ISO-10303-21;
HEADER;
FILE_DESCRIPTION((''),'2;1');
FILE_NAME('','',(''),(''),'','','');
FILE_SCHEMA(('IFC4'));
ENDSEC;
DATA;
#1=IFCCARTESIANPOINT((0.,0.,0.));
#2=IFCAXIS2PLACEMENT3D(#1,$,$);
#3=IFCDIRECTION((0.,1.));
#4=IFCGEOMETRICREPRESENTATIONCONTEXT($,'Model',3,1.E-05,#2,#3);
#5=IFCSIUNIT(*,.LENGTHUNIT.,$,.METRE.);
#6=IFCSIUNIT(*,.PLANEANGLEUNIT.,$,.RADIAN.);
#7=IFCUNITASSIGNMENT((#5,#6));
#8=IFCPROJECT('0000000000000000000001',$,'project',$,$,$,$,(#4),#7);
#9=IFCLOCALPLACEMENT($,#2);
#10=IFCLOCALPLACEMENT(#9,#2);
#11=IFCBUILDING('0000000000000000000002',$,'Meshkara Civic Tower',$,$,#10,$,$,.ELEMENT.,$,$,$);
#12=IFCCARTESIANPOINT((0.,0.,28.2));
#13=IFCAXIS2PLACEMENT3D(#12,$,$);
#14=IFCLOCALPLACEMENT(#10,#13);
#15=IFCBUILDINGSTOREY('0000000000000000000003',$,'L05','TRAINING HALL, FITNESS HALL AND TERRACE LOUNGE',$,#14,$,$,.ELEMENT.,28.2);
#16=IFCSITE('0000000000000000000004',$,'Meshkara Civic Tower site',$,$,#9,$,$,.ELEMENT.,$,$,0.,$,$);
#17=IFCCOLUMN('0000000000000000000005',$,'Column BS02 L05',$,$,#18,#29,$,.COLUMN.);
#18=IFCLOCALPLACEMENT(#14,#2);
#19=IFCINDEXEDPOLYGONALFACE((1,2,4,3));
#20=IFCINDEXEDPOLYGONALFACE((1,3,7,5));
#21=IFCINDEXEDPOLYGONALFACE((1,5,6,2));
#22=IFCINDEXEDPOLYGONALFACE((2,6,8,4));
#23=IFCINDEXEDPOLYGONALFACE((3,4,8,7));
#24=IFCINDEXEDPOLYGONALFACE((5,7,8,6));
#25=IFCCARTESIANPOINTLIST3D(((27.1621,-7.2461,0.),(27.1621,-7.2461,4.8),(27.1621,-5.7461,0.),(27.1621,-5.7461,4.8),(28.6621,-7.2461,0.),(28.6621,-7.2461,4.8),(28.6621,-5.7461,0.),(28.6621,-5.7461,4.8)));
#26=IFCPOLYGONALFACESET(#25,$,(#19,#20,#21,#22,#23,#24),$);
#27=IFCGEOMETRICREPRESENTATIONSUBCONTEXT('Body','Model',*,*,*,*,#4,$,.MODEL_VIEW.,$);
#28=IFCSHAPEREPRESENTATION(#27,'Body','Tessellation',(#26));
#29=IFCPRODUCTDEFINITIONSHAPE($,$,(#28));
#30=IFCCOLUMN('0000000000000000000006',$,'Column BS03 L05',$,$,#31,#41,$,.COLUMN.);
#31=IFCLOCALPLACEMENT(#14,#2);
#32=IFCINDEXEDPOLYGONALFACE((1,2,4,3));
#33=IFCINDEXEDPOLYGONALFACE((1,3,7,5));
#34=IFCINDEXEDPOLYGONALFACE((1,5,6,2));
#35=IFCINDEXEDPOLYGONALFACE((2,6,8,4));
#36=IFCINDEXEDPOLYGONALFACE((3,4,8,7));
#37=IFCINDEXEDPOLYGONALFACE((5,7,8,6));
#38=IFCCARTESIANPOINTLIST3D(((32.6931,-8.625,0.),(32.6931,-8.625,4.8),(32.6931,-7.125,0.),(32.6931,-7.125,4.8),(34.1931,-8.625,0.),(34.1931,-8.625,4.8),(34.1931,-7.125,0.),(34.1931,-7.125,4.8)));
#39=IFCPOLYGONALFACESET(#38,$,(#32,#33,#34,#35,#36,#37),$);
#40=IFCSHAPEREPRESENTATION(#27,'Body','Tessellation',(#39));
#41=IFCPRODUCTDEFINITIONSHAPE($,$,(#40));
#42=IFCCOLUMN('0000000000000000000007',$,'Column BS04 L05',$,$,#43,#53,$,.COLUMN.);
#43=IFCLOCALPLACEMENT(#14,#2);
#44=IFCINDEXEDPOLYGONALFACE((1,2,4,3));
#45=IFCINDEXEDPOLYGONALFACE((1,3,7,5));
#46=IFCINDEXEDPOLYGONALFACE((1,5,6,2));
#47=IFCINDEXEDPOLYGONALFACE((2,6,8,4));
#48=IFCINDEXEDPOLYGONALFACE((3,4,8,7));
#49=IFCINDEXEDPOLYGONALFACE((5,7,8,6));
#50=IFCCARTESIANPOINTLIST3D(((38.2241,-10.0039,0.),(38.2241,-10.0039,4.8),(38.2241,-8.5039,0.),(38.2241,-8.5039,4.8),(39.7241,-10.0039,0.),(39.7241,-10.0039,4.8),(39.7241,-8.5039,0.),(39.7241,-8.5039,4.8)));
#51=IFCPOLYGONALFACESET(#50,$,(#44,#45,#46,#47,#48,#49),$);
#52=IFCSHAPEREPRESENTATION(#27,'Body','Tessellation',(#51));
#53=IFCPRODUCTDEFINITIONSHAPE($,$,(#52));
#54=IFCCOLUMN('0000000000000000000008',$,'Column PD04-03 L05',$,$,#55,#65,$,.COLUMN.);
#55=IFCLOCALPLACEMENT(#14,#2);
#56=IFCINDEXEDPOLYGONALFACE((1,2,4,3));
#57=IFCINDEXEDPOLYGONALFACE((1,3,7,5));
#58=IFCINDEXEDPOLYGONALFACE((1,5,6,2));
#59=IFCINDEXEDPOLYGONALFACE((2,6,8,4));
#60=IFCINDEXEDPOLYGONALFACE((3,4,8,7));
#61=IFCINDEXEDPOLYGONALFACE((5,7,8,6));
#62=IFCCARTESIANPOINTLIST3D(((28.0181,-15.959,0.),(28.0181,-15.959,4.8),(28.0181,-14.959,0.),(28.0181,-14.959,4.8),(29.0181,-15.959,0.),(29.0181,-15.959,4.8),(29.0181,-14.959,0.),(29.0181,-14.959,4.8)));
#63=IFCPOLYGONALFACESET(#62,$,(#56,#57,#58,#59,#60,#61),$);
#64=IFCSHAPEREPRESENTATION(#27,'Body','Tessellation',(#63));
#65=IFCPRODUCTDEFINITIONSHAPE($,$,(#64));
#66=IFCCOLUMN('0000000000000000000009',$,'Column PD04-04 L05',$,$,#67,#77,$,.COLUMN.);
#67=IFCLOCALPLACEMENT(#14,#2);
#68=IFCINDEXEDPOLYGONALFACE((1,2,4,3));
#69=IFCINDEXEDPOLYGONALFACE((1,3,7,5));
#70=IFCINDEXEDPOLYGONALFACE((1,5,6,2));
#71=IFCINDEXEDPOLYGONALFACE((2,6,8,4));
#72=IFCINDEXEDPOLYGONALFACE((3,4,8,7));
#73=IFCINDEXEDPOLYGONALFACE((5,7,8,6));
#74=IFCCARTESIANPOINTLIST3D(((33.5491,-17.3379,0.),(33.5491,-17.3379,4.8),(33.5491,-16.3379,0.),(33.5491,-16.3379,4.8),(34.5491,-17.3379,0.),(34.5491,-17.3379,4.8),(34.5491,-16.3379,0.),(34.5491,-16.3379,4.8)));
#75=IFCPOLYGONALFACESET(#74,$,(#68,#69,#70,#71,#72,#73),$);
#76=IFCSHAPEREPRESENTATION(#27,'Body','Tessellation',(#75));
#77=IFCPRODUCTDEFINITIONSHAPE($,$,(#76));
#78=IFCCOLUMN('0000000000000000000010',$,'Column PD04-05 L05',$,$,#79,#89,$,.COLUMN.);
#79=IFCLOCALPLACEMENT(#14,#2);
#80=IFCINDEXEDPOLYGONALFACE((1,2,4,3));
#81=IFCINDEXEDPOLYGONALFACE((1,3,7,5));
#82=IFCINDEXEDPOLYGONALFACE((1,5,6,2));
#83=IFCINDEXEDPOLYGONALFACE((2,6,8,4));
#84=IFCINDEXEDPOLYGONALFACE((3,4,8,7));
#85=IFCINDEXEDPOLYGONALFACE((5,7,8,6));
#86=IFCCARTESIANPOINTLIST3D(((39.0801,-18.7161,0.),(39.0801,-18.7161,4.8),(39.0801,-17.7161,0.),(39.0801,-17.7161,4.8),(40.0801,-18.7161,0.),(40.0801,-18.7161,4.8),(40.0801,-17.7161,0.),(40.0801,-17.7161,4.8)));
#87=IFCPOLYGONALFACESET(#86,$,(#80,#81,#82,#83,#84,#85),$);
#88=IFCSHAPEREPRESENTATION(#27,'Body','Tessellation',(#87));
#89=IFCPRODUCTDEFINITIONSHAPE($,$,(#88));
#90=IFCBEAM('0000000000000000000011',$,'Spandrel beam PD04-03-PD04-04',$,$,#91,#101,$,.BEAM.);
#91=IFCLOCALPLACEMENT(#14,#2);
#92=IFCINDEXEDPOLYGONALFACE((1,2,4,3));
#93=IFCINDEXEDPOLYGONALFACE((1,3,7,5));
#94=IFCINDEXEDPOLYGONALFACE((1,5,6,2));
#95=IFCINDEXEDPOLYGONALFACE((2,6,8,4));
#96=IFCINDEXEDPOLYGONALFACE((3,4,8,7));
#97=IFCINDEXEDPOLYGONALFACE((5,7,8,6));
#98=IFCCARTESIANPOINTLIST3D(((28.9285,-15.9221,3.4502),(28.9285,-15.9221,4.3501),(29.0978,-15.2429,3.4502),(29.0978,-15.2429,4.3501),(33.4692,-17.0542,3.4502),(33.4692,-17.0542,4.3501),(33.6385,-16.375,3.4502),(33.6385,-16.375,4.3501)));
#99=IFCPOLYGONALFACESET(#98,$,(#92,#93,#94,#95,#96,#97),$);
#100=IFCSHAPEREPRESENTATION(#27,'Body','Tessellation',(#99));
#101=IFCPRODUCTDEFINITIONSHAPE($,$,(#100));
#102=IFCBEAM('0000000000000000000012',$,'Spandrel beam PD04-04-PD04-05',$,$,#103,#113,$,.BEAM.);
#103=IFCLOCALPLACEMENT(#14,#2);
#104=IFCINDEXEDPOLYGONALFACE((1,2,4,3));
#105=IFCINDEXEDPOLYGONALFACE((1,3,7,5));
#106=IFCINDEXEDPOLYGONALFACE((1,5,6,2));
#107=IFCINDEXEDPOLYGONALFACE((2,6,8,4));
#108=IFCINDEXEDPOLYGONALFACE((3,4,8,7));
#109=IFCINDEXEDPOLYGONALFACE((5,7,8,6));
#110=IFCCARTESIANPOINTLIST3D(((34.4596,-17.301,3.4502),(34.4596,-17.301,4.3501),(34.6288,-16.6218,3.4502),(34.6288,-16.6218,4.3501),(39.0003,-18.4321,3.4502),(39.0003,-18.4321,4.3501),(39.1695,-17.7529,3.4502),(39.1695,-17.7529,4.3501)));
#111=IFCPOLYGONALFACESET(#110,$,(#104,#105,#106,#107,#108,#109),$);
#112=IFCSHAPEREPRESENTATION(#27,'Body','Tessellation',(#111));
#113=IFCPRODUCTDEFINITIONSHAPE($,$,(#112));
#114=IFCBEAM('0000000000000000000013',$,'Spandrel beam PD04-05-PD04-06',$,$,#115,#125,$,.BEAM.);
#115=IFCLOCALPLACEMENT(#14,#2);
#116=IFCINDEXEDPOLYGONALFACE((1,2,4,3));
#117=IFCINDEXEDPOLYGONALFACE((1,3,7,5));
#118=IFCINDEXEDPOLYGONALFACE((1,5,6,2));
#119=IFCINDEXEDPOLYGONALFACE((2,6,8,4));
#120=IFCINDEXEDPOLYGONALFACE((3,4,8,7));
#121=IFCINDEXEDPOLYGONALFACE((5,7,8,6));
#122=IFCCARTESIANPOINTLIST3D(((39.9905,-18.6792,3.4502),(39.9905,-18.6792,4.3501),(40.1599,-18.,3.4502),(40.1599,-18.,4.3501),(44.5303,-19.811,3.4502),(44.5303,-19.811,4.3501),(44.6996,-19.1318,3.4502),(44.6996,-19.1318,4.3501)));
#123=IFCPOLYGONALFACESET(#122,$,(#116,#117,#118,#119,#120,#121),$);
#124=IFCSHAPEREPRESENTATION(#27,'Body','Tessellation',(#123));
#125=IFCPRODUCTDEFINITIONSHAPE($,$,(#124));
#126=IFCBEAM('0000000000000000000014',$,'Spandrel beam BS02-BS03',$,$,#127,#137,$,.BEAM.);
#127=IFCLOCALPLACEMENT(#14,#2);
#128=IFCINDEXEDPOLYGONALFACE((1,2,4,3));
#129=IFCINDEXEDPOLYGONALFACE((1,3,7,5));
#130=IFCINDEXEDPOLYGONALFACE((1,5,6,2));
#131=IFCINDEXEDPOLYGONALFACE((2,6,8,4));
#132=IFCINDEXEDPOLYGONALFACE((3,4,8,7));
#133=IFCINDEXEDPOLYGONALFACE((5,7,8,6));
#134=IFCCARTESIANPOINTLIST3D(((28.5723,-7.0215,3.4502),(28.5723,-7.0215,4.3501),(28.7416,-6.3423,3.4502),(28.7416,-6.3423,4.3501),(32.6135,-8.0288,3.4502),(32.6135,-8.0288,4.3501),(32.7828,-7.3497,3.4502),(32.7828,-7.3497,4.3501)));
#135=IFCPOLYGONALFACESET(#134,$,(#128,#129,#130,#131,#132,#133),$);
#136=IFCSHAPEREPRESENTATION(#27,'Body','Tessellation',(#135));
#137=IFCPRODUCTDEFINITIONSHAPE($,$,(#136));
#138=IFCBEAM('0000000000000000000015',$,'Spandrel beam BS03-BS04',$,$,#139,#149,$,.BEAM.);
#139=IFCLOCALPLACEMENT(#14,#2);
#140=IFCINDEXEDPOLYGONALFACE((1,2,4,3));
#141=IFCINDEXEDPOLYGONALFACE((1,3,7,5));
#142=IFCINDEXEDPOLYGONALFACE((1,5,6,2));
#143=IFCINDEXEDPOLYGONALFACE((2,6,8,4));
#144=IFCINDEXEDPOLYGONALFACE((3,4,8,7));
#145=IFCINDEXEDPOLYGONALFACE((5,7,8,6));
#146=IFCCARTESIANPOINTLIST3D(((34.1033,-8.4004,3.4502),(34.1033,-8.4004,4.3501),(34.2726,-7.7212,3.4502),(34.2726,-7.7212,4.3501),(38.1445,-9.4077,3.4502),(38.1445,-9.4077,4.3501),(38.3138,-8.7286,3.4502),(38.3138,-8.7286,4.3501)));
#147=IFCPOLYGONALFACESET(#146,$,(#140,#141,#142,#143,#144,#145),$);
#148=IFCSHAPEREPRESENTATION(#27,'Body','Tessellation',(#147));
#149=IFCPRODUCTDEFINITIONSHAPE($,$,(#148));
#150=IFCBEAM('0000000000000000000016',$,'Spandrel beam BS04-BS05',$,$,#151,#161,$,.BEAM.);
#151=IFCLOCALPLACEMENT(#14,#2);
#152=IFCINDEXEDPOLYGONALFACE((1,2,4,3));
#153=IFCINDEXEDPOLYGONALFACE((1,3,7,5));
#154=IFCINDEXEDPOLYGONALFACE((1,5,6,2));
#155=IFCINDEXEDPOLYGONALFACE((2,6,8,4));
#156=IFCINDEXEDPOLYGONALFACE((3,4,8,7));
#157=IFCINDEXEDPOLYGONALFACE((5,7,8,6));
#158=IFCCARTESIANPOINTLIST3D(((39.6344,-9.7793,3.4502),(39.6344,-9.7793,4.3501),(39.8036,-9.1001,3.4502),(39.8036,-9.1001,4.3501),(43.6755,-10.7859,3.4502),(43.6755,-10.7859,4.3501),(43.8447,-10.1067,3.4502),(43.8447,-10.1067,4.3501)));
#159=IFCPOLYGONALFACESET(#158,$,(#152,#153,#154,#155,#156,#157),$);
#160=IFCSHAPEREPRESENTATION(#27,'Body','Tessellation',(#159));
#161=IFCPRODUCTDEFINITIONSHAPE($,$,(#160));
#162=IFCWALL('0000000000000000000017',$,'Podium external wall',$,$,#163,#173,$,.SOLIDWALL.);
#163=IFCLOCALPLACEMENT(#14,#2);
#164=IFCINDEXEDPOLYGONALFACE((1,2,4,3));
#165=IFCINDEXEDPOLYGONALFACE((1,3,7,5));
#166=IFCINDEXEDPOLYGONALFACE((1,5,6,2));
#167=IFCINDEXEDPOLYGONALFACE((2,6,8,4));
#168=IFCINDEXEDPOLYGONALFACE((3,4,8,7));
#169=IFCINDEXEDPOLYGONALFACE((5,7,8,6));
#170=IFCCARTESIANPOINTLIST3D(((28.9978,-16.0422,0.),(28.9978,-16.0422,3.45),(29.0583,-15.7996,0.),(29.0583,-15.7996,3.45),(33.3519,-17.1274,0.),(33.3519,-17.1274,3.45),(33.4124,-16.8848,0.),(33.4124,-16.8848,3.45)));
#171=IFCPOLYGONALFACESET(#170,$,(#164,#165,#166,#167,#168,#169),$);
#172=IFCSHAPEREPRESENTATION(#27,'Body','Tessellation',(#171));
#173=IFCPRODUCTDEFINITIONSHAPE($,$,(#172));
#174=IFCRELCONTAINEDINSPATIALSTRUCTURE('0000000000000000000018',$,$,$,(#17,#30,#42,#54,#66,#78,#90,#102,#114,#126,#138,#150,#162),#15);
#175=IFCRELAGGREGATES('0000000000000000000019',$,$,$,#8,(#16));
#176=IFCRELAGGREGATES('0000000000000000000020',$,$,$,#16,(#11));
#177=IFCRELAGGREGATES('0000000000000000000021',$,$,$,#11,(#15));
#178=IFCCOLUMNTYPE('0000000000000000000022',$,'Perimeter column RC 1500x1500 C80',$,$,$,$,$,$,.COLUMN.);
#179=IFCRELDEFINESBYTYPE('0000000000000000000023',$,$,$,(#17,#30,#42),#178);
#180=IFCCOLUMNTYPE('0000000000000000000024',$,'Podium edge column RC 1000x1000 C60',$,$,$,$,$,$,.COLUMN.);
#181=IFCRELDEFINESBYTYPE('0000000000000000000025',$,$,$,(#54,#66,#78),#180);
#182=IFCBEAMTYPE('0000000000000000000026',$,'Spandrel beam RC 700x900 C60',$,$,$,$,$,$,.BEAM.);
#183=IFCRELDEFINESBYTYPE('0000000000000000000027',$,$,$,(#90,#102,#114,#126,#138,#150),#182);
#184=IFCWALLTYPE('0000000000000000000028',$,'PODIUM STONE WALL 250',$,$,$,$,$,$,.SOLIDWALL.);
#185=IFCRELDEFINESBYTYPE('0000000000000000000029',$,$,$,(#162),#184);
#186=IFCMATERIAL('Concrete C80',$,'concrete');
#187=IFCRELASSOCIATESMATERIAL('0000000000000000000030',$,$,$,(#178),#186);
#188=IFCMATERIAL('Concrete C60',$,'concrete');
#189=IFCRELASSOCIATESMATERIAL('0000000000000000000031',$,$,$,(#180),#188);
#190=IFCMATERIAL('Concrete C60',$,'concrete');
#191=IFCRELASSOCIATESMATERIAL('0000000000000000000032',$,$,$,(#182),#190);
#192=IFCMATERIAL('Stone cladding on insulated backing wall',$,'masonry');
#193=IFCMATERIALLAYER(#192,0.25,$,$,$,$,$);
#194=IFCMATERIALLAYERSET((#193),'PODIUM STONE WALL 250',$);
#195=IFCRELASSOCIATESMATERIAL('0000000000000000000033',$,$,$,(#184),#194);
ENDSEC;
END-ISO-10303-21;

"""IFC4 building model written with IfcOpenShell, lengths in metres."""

from ifc_helpers import new_model, si_unit, direction, frame, frame_2d, origin, origin_2d, place, context, subcontext, project, spatial, rectangle, extrude, material, layer, layer_set, material_profile, profile_set, type_object, element, save


model = new_model("IFC4")

# Units and contexts
model_context = context("Model", 3, precision=1e-05, world=origin(), true_north=direction((0.0, 1.0)))
body_context = subcontext(model_context, "Body", "Model", "MODEL_VIEW")
ifc_project = project(units=[si_unit("LENGTHUNIT", "METRE"), si_unit("PLANEANGLEUNIT", "RADIAN")], contexts=[model_context])

# Site, building, storey
site_placement = place(None, origin())
site = spatial("IfcSite", under=ifc_project, at=site_placement, Name="Meshkara Civic Tower site", CompositionType="ELEMENT", RefElevation=0.0)
building_placement = place(site_placement, origin())
building = spatial("IfcBuilding", under=site, at=building_placement, Name="Meshkara Civic Tower", CompositionType="ELEMENT")
storey_placement = place(building_placement, frame((0.0, 0.0, 28.2)))
storey = spatial("IfcBuildingStorey", under=building, at=storey_placement, Name="L05", Description="TRAINING HALL, FITNESS HALL AND TERRACE LOUNGE", CompositionType="ELEMENT", Elevation=28.2)

# Columns
ifc_material_1 = material(Name="Concrete C80", Category="concrete")
ifc_material_profile_1 = material_profile(ifc_material_1, rectangle(XDim=1.5, YDim=1.5, at=origin_2d()))
ifc_profile_set_1 = profile_set([ifc_material_profile_1], Name="Concrete C80")
column_type_1 = type_object("IfcColumnType", Name="Perimeter column RC 1500x1500 C80", PredefinedType="COLUMN", material=ifc_profile_set_1)
for number, where, z_axis, x_axis, name in (
    (1, (27.9121, -6.4961, 0.0), (0.0, 0.0, 1.0), (1.0, 0.0, 0.0), "Column BS02 L05"),
    (2, (33.4431, -7.875, 0.0), (0.0, 0.0, 1.0), (1.0, 0.0, 0.0), "Column BS03 L05"),
    (3, (38.9741, -9.2539, 0.0), (0.0, 0.0, 1.0), (1.0, 0.0, 0.0), "Column BS04 L05"),
):
    element("IfcColumn", number, at=place(storey_placement, frame(where, z_axis=z_axis, x_axis=x_axis)), inside=storey, type_object=column_type_1, Name=name, PredefinedType="COLUMN", context=body_context, shape_type="SweptSolid", body=[
        extrude(rectangle(XDim=1.5, YDim=1.5, at=origin_2d()), origin(), (0.0, 0.0, 1.0), 4.8),
    ])
ifc_material_2 = material(Name="Concrete C60", Category="concrete")
ifc_material_profile_2 = material_profile(ifc_material_2, rectangle(XDim=1.0, YDim=1.0, at=origin_2d()))
ifc_profile_set_2 = profile_set([ifc_material_profile_2], Name="Concrete C60")
column_type_2 = type_object("IfcColumnType", Name="Podium edge column RC 1000x1000 C60", PredefinedType="COLUMN", material=ifc_profile_set_2)
for number, where, z_axis, x_axis, name in (
    (4, (28.5181, -15.459, 0.0), (0.0, 0.0, 1.0), (1.0, 0.0, 0.0), "Column PD04-03 L05"),
    (5, (34.0491, -16.8379, 0.0), (0.0, 0.0, 1.0), (1.0, 0.0, 0.0), "Column PD04-04 L05"),
    (6, (39.5801, -18.2161, 0.0), (0.0, 0.0, 1.0), (1.0, 0.0, 0.0), "Column PD04-05 L05"),
):
    element("IfcColumn", number, at=place(storey_placement, frame(where, z_axis=z_axis, x_axis=x_axis)), inside=storey, type_object=column_type_2, Name=name, PredefinedType="COLUMN", context=body_context, shape_type="SweptSolid", body=[
        extrude(rectangle(XDim=1.0, YDim=1.0, at=origin_2d()), origin(), (0.0, 0.0, 1.0), 4.8),
    ])

# Beams
ifc_material_3 = material(Name="Concrete C60", Category="concrete")
ifc_material_profile_3 = material_profile(ifc_material_3, rectangle(XDim=0.7, YDim=0.8999, at=origin_2d()))
ifc_profile_set_3 = profile_set([ifc_material_profile_3], Name="Concrete C60")
beam_type = type_object("IfcBeamType", Name="Spandrel beam RC 700x900 C60", PredefinedType="BEAM", material=ifc_profile_set_3)
beam_1_placement = place(storey_placement, frame((29.0132, -15.5825, 3.9001), z_axis=(0.970299, -0.24191, 0.0), x_axis=(0.24191, 0.970299, 0.0)))
element("IfcBeam", 7, at=beam_1_placement, inside=storey, type_object=beam_type, Name="Spandrel beam PD04-03-PD04-04", PredefinedType="BEAM", context=body_context, shape_type="SweptSolid", body=[
    extrude(rectangle(XDim=0.7, YDim=0.8999, at=origin_2d()), origin(), (0.0, 0.0, 1.0), 4.6797),
])
beam_2_placement = place(storey_placement, frame((34.5442, -16.9614, 3.9001), z_axis=(0.970348, -0.241713, 0.0), x_axis=(0.241713, 0.970348, 0.0)))
element("IfcBeam", 8, at=beam_2_placement, inside=storey, type_object=beam_type, Name="Spandrel beam PD04-04-PD04-05", PredefinedType="BEAM", context=body_context, shape_type="SweptSolid", body=[
    extrude(rectangle(XDim=0.7, YDim=0.8999, at=origin_2d()), origin(), (0.0, 0.0, 1.0), 4.6794),
])
beam_3_placement = place(storey_placement, frame((40.0752, -18.3396, 3.9001), z_axis=(0.970299, -0.241909, 0.0), x_axis=(0.241909, 0.970299, 0.0)))
element("IfcBeam", 9, at=beam_3_placement, inside=storey, type_object=beam_type, Name="Spandrel beam PD04-05-PD04-06", PredefinedType="BEAM", context=body_context, shape_type="SweptSolid", body=[
    extrude(rectangle(XDim=0.7, YDim=0.8999, at=origin_2d()), origin(), (0.0, 0.0, 1.0), 4.6787),
])
for number, where, z_axis, x_axis, name in (
    (10, (28.657, -6.6819, 3.9001), (0.970308, -0.241873, 0.0), (0.241873, 0.970308, 0.0), "Spandrel beam BS02-BS03"),
    (11, (34.188, -8.0608, 3.9001), (0.970308, -0.241873, 0.0), (0.241873, 0.970308, 0.0), "Spandrel beam BS03-BS04"),
):
    element("IfcBeam", number, at=place(storey_placement, frame(where, z_axis=z_axis, x_axis=x_axis)), inside=storey, type_object=beam_type, Name=name, PredefinedType="BEAM", context=body_context, shape_type="SweptSolid", body=[
        extrude(rectangle(XDim=0.7, YDim=0.8999, at=origin_2d()), origin(), (0.0, 0.0, 1.0), 4.1648),
    ])
beam_4_placement = place(storey_placement, frame((39.719, -9.4397, 3.9001), z_axis=(0.970349, -0.241708, 0.0), x_axis=(0.241708, 0.970349, 0.0)))
element("IfcBeam", 12, at=beam_4_placement, inside=storey, type_object=beam_type, Name="Spandrel beam BS04-BS05", PredefinedType="BEAM", context=body_context, shape_type="SweptSolid", body=[
    extrude(rectangle(XDim=0.7, YDim=0.8999, at=origin_2d()), origin(), (0.0, 0.0, 1.0), 4.1646),
])

# Wall
ifc_material_4 = material(Name="Stone cladding on insulated backing wall", Category="masonry")
ifc_layer_1 = layer(ifc_material_4, 0.25)
ifc_layer_set_1 = layer_set([ifc_layer_1], Name="PODIUM STONE WALL 250")
wall_type_1 = type_object("IfcWallType", Name="PODIUM STONE WALL 250", PredefinedType="SOLIDWALL", material=ifc_layer_set_1)
wall_1_placement = place(storey_placement, frame((29.0281, -15.9209, 0.0), z_axis=(0.0, 0.0, 1.0), x_axis=(0.970315, -0.241844, 0.0)))
element("IfcWall", 13, at=wall_1_placement, inside=storey, type_object=wall_type_1, Name="Podium external wall", PredefinedType="SOLIDWALL", context=body_context, shape_type="SweptSolid", body=[
    extrude(rectangle(XDim=4.4873, YDim=0.25, at=frame_2d((2.2437, 0.0))), origin(), (0.0, 0.0, 1.0), 3.45),
])

save(model, "model.ifc")
